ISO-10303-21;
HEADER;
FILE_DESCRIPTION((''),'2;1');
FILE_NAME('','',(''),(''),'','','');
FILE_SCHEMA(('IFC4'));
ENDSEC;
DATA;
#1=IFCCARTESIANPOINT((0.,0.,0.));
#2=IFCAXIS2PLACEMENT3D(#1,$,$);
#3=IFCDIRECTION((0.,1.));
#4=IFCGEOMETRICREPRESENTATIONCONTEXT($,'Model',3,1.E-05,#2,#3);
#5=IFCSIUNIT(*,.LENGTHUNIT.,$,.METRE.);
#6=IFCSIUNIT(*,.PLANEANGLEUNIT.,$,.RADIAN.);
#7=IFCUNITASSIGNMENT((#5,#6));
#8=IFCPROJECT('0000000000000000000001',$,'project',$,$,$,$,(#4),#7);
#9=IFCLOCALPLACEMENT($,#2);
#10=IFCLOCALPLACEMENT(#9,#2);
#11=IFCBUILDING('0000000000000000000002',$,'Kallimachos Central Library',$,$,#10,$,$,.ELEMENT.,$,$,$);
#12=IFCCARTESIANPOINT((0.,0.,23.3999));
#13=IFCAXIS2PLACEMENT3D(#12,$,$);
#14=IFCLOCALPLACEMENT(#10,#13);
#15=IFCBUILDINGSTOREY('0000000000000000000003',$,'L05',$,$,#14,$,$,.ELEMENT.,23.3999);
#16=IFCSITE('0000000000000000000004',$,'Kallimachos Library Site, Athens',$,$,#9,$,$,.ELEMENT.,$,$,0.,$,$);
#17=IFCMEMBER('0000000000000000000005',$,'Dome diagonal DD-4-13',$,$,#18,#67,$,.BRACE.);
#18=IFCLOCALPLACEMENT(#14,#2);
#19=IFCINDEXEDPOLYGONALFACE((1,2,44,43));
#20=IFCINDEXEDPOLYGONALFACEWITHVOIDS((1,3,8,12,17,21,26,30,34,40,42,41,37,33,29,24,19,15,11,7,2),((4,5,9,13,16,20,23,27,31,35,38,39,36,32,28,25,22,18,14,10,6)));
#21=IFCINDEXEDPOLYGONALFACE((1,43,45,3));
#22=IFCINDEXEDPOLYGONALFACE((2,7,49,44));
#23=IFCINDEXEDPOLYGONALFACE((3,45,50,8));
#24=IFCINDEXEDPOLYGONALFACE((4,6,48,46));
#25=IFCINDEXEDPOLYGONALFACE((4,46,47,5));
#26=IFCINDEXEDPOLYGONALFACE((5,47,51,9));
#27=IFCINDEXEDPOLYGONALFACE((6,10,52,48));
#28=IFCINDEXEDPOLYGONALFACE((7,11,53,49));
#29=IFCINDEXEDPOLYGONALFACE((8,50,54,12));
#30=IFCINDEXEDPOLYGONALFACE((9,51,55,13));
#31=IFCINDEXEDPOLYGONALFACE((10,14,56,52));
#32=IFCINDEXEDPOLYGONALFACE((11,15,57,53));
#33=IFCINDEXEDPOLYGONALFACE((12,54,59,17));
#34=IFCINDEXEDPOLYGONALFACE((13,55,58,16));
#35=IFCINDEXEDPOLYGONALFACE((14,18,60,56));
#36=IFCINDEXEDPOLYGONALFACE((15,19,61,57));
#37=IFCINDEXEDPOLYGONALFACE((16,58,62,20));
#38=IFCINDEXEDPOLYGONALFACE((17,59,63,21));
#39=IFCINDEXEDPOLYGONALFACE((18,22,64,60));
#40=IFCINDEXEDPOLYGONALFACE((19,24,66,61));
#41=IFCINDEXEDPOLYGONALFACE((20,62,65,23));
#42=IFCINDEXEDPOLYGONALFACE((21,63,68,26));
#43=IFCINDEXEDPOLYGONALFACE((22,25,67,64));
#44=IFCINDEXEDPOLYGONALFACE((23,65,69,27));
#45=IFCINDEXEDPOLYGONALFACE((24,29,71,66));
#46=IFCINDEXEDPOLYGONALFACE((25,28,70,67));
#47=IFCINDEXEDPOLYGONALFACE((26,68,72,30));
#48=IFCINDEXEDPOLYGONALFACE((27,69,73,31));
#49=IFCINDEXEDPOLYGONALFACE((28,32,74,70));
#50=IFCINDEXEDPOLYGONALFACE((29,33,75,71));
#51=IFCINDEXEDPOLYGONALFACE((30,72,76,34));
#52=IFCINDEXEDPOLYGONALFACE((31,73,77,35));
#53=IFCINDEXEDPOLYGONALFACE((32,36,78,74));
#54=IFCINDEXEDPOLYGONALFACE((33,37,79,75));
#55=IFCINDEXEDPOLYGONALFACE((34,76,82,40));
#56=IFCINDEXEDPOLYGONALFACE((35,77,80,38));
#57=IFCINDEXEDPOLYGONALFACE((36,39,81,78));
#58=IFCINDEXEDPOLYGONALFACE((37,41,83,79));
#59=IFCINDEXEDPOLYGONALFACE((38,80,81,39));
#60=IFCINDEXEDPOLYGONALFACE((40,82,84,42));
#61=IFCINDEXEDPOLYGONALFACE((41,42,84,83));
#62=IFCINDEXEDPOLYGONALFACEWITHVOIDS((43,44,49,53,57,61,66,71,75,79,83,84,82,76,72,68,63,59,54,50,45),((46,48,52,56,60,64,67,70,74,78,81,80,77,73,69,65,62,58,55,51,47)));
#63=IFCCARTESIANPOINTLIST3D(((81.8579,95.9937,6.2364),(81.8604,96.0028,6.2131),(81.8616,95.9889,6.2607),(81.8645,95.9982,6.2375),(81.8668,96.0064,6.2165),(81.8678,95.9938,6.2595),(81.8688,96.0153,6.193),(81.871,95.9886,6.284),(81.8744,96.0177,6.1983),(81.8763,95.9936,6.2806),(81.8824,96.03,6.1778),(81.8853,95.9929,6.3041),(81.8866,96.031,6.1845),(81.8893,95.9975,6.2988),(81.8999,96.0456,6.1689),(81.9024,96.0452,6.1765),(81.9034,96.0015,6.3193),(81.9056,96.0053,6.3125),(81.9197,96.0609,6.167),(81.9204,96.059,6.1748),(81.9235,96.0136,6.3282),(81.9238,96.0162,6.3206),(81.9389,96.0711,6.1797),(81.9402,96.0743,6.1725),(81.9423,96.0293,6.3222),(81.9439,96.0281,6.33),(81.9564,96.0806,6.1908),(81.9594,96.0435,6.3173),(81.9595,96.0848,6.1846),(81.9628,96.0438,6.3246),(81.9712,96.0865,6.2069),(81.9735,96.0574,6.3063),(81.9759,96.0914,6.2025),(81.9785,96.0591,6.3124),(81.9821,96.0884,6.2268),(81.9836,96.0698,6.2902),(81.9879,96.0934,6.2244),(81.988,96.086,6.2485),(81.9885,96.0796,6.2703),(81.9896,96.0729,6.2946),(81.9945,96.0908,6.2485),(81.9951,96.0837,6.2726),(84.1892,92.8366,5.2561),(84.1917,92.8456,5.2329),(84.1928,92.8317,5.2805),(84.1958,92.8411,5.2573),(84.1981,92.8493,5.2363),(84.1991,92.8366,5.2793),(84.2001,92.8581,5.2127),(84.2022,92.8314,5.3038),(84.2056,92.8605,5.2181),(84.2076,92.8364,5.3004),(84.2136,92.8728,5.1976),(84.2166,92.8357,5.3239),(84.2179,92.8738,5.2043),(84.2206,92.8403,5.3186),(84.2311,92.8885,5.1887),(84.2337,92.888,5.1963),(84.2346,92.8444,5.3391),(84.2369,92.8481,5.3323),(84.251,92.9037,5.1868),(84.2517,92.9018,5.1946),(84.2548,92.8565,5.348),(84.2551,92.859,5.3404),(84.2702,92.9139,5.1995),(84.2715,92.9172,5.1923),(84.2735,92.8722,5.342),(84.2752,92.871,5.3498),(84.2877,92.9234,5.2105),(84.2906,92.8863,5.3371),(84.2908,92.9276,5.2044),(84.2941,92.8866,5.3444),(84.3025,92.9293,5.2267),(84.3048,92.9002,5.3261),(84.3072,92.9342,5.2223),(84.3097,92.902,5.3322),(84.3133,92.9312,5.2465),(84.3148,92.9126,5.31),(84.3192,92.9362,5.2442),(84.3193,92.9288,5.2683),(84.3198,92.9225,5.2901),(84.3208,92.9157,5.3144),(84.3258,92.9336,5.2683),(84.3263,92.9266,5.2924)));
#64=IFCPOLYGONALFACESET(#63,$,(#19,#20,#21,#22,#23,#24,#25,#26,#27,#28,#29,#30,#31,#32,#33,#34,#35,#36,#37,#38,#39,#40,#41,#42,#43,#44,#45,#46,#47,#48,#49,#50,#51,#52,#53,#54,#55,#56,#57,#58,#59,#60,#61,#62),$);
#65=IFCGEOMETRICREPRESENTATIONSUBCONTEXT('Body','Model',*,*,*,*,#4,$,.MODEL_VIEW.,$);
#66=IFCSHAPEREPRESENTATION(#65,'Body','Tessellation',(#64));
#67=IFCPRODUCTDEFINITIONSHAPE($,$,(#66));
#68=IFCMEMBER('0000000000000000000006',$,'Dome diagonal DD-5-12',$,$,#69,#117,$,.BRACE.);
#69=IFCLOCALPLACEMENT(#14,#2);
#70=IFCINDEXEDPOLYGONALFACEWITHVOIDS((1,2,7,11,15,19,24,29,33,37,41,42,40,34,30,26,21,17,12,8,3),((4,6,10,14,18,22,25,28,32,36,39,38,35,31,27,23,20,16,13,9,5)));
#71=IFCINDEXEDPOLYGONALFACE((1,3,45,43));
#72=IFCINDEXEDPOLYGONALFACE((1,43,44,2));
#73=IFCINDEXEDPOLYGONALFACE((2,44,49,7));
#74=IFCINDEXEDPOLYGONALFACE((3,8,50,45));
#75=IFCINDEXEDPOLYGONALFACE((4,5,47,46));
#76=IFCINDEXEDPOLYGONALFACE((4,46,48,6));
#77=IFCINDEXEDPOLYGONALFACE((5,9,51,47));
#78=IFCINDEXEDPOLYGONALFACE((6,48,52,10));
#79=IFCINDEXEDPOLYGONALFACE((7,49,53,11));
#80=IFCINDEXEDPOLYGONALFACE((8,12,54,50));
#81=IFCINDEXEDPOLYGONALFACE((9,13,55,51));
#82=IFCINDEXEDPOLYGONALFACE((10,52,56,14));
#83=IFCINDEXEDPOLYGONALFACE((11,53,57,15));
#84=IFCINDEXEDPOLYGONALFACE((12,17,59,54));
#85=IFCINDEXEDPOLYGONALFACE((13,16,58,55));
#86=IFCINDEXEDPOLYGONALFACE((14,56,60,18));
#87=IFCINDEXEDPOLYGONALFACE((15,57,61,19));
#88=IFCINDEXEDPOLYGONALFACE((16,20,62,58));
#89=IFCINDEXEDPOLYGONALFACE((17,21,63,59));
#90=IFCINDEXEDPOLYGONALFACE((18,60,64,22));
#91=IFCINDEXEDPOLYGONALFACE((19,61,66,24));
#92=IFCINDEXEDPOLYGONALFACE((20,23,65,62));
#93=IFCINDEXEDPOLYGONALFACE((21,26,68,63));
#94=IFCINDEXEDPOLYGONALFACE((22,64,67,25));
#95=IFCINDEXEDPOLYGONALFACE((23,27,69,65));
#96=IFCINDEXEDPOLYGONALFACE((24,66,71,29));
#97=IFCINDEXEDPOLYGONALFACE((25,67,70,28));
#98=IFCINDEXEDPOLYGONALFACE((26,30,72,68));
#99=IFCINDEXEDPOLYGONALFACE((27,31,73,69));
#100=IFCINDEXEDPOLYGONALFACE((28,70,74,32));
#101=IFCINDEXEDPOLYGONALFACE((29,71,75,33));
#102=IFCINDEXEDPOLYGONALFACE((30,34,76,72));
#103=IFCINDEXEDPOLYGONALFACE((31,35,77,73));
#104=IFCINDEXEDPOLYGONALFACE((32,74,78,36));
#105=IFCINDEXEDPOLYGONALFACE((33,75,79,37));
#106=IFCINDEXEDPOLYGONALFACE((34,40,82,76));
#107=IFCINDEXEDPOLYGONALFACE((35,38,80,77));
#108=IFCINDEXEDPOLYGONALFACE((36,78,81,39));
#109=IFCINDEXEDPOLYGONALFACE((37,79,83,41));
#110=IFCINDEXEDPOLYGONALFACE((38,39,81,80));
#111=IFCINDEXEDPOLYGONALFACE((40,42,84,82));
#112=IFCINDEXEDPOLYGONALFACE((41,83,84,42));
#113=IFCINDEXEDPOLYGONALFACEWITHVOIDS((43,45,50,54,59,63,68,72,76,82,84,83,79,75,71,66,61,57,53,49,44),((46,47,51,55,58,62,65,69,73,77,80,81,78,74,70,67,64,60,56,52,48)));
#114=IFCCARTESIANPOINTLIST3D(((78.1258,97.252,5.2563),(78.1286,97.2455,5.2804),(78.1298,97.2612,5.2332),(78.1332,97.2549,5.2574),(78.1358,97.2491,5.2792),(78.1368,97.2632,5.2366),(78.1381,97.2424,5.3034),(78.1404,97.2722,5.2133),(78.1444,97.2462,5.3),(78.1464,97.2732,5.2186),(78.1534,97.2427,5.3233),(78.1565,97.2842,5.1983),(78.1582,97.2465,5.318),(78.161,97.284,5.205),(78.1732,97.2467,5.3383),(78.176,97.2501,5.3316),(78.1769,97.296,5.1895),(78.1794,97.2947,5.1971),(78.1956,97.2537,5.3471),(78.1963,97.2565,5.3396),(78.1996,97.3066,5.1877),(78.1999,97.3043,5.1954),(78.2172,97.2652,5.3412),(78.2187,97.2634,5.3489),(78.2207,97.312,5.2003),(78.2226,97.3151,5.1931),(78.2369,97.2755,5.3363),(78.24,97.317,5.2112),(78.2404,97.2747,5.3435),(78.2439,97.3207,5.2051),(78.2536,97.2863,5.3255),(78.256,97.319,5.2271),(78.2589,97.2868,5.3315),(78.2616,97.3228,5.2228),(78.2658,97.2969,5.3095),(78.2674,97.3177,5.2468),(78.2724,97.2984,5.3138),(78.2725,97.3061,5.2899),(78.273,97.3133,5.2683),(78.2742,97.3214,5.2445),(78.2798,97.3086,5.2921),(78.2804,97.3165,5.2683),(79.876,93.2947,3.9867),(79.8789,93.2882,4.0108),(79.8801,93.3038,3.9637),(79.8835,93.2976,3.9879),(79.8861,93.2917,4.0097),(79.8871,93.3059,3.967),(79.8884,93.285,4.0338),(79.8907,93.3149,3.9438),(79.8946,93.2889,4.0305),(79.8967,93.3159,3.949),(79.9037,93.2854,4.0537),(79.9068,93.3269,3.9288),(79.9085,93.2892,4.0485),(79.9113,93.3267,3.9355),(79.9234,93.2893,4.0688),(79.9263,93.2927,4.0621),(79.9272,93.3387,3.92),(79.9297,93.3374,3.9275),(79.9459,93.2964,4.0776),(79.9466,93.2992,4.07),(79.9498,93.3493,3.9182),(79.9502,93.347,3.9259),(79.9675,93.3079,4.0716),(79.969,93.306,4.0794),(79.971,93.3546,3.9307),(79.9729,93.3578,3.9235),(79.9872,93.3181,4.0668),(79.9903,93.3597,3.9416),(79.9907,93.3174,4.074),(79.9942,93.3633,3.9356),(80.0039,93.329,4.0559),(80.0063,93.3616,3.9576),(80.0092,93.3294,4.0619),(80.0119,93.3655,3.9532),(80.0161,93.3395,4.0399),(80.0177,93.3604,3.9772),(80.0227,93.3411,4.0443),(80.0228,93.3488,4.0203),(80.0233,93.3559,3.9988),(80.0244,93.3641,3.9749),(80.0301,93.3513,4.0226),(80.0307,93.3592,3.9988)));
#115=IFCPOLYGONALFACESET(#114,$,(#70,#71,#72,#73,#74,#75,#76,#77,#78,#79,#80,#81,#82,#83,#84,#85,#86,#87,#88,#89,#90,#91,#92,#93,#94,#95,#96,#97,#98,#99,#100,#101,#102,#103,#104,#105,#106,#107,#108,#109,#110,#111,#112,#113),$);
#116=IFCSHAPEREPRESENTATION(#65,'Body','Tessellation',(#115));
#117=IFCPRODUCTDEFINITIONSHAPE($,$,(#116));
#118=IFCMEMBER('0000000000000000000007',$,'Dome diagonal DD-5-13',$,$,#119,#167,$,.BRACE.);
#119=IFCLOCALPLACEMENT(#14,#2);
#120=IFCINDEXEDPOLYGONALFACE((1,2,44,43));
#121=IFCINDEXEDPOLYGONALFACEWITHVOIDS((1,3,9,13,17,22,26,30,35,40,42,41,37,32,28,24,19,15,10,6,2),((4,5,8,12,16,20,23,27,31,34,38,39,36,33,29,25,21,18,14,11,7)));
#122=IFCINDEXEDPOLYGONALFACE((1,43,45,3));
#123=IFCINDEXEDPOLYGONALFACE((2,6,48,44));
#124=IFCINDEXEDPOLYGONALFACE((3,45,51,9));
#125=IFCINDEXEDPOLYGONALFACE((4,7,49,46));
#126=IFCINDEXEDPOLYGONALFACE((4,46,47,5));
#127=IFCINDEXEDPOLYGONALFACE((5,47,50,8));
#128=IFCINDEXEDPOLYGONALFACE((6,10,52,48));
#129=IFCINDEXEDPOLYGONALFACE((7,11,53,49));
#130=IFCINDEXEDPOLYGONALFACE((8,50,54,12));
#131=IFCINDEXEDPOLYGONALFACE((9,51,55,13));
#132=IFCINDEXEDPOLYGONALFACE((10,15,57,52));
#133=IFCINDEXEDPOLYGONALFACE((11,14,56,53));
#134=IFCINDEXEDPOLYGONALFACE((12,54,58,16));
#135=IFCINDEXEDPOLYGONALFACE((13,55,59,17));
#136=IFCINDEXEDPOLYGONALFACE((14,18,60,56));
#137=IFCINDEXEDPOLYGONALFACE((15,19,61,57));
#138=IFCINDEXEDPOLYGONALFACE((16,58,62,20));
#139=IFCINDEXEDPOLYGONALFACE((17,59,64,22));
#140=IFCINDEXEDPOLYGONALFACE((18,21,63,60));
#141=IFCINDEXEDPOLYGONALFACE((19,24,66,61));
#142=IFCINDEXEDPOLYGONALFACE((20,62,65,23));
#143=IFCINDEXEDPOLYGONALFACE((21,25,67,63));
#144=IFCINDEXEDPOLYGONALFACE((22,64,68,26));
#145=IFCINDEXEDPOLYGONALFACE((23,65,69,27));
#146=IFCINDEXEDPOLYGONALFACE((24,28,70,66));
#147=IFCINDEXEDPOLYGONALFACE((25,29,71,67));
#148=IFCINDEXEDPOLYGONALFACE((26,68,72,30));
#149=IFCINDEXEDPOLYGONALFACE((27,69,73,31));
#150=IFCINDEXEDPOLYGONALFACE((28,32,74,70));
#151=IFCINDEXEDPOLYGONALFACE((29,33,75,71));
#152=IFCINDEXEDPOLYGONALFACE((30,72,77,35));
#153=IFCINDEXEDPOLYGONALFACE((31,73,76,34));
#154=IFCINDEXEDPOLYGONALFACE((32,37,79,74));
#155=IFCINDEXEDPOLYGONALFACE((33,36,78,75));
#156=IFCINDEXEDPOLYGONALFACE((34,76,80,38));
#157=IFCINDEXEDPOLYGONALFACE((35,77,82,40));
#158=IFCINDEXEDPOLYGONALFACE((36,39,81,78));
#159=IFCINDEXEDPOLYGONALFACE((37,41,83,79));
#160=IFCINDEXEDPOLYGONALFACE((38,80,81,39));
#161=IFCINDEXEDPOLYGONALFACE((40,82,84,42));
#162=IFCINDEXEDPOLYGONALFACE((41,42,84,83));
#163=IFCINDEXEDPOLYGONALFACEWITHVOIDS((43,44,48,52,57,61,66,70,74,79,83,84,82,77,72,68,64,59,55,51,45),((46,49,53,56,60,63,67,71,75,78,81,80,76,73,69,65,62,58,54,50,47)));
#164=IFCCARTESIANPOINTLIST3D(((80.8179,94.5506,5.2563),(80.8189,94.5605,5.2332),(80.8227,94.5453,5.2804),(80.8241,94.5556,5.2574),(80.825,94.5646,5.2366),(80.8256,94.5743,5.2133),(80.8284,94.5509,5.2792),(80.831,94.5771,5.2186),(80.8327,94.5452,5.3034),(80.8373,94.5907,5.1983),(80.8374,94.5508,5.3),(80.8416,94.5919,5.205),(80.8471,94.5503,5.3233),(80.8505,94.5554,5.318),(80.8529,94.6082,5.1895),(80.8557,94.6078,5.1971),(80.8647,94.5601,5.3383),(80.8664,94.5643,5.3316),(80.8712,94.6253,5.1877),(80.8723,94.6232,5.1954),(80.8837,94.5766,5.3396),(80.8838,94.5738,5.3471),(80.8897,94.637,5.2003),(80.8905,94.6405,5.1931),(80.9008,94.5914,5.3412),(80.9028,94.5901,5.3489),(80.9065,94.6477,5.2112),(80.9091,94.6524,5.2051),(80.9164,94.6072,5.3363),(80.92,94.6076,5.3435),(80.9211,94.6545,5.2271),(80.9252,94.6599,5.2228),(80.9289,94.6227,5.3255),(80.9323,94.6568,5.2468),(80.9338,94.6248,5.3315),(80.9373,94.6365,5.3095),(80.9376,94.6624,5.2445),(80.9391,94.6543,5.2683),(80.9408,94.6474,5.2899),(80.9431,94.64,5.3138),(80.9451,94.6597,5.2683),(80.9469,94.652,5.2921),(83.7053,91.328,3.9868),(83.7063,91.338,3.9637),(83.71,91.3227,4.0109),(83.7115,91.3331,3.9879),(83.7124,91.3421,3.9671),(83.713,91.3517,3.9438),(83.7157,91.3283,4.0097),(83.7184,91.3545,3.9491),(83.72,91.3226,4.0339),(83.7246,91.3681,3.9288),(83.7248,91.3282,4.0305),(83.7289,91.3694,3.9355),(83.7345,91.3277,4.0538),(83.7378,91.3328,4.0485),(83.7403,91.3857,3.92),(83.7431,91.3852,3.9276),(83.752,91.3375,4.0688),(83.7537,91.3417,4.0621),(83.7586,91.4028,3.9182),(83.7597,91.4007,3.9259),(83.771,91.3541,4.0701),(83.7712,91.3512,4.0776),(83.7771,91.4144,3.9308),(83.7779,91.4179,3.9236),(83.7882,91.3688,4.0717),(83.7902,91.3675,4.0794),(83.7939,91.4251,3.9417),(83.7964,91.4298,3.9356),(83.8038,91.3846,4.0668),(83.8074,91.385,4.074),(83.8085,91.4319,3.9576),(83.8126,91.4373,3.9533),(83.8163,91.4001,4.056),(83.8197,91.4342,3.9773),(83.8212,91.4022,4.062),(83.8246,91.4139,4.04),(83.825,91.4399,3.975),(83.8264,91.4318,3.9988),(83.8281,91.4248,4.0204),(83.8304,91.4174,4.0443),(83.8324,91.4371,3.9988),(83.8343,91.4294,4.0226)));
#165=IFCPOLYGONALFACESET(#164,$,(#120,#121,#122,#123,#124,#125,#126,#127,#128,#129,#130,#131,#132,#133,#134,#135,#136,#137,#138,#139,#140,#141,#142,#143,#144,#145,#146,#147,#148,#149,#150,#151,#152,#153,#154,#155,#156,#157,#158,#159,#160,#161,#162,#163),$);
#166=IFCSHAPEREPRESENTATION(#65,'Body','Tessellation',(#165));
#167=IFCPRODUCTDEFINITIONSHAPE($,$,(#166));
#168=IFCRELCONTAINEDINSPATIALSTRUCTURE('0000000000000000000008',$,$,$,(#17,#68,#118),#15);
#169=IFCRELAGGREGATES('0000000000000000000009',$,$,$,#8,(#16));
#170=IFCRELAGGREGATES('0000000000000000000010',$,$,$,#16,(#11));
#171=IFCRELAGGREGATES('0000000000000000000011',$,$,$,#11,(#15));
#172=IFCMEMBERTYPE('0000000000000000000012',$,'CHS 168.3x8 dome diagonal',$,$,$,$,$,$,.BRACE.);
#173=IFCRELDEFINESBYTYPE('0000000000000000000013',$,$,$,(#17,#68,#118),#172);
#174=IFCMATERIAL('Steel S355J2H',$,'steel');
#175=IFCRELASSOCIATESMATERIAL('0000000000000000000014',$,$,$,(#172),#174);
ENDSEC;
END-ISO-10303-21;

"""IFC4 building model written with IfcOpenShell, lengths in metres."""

from ifc_helpers import new_model, si_unit, direction, frame, origin, origin_2d, place, context, subcontext, project, spatial, hollow_circle, extrude, material, material_profile, profile_set, type_object, element, save


model = new_model("IFC4")

# Units and contexts
model_context = context("Model", 3, precision=1e-05, world=origin(), true_north=direction((0.0, 1.0)))
body_context = subcontext(model_context, "Body", "Model", "MODEL_VIEW")
ifc_project = project(units=[si_unit("LENGTHUNIT", "METRE"), si_unit("PLANEANGLEUNIT", "RADIAN")], contexts=[model_context])

# Site, building, storey
site_placement = place(None, origin())
site = spatial("IfcSite", under=ifc_project, at=site_placement, Name="Kallimachos Library Site, Athens", CompositionType="ELEMENT", RefElevation=0.0)
building_placement = place(site_placement, origin())
building = spatial("IfcBuilding", under=site, at=building_placement, Name="Kallimachos Central Library", CompositionType="ELEMENT")
storey_placement = place(building_placement, frame((0.0, 0.0, 23.3999)))
storey = spatial("IfcBuildingStorey", under=building, at=storey_placement, Name="L05", CompositionType="ELEMENT", Elevation=23.3999)

# Members
ifc_material_1 = material(Name="Steel S355J2H", Category="steel")
ifc_material_profile_1 = material_profile(ifc_material_1, hollow_circle(Radius=0.0842, WallThickness=0.0081, at=origin_2d()), Name="CHS 168.3x8")
ifc_profile_set_1 = profile_set([ifc_material_profile_1], Name="Steel S355J2H")
member_type_1 = type_object("IfcMemberType", Name="CHS 168.3x8 dome diagonal", PredefinedType="BRACE", material=ifc_profile_set_1)
for number, where, z_axis, x_axis, name in (
    (1, (81.9268, 96.0408, 6.2485), (0.576308, -0.780482, -0.242316), (0.804457, 0.594011, 0.0), "Dome diagonal DD-4-13"),
):
    element("IfcMember", number, at=place(storey_placement, frame(where, z_axis=z_axis, x_axis=x_axis)), inside=storey, type_object=member_type_1, Name=name, PredefinedType="BRACE", context=body_context, shape_type="SweptSolid", body=[
        extrude(hollow_circle(Radius=0.0842, WallThickness=0.0081, at=origin_2d()), origin(), (0.0, 0.0, 1.0), 4.0452),
    ])
member_1_placement = place(storey_placement, frame((78.2034, 97.2825, 5.2683), z_axis=(0.388129, -0.877553, -0.281527), x_axis=(0.914543, 0.404489, 0.0)))
element("IfcMember", 2, at=member_1_placement, inside=storey, type_object=member_type_1, Name="Dome diagonal DD-5-12", PredefinedType="BRACE", context=body_context, shape_type="SweptSolid", body=[
    extrude(hollow_circle(Radius=0.0842, WallThickness=0.0081, at=origin_2d()), origin(), (0.0, 0.0, 1.0), 4.5095),
])
member_2_placement = place(storey_placement, frame((80.8823, 94.6035, 5.2683), z_axis=(0.64032, -0.714655, -0.281531), x_axis=(0.744779, 0.667311, 0.0)))
element("IfcMember", 3, at=member_2_placement, inside=storey, type_object=member_type_1, Name="Dome diagonal DD-5-13", PredefinedType="BRACE", context=body_context, shape_type="SweptSolid", body=[
    extrude(hollow_circle(Radius=0.0842, WallThickness=0.0081, at=origin_2d()), origin(), (0.0, 0.0, 1.0), 4.5093),
])

save(model, "model.ifc")
